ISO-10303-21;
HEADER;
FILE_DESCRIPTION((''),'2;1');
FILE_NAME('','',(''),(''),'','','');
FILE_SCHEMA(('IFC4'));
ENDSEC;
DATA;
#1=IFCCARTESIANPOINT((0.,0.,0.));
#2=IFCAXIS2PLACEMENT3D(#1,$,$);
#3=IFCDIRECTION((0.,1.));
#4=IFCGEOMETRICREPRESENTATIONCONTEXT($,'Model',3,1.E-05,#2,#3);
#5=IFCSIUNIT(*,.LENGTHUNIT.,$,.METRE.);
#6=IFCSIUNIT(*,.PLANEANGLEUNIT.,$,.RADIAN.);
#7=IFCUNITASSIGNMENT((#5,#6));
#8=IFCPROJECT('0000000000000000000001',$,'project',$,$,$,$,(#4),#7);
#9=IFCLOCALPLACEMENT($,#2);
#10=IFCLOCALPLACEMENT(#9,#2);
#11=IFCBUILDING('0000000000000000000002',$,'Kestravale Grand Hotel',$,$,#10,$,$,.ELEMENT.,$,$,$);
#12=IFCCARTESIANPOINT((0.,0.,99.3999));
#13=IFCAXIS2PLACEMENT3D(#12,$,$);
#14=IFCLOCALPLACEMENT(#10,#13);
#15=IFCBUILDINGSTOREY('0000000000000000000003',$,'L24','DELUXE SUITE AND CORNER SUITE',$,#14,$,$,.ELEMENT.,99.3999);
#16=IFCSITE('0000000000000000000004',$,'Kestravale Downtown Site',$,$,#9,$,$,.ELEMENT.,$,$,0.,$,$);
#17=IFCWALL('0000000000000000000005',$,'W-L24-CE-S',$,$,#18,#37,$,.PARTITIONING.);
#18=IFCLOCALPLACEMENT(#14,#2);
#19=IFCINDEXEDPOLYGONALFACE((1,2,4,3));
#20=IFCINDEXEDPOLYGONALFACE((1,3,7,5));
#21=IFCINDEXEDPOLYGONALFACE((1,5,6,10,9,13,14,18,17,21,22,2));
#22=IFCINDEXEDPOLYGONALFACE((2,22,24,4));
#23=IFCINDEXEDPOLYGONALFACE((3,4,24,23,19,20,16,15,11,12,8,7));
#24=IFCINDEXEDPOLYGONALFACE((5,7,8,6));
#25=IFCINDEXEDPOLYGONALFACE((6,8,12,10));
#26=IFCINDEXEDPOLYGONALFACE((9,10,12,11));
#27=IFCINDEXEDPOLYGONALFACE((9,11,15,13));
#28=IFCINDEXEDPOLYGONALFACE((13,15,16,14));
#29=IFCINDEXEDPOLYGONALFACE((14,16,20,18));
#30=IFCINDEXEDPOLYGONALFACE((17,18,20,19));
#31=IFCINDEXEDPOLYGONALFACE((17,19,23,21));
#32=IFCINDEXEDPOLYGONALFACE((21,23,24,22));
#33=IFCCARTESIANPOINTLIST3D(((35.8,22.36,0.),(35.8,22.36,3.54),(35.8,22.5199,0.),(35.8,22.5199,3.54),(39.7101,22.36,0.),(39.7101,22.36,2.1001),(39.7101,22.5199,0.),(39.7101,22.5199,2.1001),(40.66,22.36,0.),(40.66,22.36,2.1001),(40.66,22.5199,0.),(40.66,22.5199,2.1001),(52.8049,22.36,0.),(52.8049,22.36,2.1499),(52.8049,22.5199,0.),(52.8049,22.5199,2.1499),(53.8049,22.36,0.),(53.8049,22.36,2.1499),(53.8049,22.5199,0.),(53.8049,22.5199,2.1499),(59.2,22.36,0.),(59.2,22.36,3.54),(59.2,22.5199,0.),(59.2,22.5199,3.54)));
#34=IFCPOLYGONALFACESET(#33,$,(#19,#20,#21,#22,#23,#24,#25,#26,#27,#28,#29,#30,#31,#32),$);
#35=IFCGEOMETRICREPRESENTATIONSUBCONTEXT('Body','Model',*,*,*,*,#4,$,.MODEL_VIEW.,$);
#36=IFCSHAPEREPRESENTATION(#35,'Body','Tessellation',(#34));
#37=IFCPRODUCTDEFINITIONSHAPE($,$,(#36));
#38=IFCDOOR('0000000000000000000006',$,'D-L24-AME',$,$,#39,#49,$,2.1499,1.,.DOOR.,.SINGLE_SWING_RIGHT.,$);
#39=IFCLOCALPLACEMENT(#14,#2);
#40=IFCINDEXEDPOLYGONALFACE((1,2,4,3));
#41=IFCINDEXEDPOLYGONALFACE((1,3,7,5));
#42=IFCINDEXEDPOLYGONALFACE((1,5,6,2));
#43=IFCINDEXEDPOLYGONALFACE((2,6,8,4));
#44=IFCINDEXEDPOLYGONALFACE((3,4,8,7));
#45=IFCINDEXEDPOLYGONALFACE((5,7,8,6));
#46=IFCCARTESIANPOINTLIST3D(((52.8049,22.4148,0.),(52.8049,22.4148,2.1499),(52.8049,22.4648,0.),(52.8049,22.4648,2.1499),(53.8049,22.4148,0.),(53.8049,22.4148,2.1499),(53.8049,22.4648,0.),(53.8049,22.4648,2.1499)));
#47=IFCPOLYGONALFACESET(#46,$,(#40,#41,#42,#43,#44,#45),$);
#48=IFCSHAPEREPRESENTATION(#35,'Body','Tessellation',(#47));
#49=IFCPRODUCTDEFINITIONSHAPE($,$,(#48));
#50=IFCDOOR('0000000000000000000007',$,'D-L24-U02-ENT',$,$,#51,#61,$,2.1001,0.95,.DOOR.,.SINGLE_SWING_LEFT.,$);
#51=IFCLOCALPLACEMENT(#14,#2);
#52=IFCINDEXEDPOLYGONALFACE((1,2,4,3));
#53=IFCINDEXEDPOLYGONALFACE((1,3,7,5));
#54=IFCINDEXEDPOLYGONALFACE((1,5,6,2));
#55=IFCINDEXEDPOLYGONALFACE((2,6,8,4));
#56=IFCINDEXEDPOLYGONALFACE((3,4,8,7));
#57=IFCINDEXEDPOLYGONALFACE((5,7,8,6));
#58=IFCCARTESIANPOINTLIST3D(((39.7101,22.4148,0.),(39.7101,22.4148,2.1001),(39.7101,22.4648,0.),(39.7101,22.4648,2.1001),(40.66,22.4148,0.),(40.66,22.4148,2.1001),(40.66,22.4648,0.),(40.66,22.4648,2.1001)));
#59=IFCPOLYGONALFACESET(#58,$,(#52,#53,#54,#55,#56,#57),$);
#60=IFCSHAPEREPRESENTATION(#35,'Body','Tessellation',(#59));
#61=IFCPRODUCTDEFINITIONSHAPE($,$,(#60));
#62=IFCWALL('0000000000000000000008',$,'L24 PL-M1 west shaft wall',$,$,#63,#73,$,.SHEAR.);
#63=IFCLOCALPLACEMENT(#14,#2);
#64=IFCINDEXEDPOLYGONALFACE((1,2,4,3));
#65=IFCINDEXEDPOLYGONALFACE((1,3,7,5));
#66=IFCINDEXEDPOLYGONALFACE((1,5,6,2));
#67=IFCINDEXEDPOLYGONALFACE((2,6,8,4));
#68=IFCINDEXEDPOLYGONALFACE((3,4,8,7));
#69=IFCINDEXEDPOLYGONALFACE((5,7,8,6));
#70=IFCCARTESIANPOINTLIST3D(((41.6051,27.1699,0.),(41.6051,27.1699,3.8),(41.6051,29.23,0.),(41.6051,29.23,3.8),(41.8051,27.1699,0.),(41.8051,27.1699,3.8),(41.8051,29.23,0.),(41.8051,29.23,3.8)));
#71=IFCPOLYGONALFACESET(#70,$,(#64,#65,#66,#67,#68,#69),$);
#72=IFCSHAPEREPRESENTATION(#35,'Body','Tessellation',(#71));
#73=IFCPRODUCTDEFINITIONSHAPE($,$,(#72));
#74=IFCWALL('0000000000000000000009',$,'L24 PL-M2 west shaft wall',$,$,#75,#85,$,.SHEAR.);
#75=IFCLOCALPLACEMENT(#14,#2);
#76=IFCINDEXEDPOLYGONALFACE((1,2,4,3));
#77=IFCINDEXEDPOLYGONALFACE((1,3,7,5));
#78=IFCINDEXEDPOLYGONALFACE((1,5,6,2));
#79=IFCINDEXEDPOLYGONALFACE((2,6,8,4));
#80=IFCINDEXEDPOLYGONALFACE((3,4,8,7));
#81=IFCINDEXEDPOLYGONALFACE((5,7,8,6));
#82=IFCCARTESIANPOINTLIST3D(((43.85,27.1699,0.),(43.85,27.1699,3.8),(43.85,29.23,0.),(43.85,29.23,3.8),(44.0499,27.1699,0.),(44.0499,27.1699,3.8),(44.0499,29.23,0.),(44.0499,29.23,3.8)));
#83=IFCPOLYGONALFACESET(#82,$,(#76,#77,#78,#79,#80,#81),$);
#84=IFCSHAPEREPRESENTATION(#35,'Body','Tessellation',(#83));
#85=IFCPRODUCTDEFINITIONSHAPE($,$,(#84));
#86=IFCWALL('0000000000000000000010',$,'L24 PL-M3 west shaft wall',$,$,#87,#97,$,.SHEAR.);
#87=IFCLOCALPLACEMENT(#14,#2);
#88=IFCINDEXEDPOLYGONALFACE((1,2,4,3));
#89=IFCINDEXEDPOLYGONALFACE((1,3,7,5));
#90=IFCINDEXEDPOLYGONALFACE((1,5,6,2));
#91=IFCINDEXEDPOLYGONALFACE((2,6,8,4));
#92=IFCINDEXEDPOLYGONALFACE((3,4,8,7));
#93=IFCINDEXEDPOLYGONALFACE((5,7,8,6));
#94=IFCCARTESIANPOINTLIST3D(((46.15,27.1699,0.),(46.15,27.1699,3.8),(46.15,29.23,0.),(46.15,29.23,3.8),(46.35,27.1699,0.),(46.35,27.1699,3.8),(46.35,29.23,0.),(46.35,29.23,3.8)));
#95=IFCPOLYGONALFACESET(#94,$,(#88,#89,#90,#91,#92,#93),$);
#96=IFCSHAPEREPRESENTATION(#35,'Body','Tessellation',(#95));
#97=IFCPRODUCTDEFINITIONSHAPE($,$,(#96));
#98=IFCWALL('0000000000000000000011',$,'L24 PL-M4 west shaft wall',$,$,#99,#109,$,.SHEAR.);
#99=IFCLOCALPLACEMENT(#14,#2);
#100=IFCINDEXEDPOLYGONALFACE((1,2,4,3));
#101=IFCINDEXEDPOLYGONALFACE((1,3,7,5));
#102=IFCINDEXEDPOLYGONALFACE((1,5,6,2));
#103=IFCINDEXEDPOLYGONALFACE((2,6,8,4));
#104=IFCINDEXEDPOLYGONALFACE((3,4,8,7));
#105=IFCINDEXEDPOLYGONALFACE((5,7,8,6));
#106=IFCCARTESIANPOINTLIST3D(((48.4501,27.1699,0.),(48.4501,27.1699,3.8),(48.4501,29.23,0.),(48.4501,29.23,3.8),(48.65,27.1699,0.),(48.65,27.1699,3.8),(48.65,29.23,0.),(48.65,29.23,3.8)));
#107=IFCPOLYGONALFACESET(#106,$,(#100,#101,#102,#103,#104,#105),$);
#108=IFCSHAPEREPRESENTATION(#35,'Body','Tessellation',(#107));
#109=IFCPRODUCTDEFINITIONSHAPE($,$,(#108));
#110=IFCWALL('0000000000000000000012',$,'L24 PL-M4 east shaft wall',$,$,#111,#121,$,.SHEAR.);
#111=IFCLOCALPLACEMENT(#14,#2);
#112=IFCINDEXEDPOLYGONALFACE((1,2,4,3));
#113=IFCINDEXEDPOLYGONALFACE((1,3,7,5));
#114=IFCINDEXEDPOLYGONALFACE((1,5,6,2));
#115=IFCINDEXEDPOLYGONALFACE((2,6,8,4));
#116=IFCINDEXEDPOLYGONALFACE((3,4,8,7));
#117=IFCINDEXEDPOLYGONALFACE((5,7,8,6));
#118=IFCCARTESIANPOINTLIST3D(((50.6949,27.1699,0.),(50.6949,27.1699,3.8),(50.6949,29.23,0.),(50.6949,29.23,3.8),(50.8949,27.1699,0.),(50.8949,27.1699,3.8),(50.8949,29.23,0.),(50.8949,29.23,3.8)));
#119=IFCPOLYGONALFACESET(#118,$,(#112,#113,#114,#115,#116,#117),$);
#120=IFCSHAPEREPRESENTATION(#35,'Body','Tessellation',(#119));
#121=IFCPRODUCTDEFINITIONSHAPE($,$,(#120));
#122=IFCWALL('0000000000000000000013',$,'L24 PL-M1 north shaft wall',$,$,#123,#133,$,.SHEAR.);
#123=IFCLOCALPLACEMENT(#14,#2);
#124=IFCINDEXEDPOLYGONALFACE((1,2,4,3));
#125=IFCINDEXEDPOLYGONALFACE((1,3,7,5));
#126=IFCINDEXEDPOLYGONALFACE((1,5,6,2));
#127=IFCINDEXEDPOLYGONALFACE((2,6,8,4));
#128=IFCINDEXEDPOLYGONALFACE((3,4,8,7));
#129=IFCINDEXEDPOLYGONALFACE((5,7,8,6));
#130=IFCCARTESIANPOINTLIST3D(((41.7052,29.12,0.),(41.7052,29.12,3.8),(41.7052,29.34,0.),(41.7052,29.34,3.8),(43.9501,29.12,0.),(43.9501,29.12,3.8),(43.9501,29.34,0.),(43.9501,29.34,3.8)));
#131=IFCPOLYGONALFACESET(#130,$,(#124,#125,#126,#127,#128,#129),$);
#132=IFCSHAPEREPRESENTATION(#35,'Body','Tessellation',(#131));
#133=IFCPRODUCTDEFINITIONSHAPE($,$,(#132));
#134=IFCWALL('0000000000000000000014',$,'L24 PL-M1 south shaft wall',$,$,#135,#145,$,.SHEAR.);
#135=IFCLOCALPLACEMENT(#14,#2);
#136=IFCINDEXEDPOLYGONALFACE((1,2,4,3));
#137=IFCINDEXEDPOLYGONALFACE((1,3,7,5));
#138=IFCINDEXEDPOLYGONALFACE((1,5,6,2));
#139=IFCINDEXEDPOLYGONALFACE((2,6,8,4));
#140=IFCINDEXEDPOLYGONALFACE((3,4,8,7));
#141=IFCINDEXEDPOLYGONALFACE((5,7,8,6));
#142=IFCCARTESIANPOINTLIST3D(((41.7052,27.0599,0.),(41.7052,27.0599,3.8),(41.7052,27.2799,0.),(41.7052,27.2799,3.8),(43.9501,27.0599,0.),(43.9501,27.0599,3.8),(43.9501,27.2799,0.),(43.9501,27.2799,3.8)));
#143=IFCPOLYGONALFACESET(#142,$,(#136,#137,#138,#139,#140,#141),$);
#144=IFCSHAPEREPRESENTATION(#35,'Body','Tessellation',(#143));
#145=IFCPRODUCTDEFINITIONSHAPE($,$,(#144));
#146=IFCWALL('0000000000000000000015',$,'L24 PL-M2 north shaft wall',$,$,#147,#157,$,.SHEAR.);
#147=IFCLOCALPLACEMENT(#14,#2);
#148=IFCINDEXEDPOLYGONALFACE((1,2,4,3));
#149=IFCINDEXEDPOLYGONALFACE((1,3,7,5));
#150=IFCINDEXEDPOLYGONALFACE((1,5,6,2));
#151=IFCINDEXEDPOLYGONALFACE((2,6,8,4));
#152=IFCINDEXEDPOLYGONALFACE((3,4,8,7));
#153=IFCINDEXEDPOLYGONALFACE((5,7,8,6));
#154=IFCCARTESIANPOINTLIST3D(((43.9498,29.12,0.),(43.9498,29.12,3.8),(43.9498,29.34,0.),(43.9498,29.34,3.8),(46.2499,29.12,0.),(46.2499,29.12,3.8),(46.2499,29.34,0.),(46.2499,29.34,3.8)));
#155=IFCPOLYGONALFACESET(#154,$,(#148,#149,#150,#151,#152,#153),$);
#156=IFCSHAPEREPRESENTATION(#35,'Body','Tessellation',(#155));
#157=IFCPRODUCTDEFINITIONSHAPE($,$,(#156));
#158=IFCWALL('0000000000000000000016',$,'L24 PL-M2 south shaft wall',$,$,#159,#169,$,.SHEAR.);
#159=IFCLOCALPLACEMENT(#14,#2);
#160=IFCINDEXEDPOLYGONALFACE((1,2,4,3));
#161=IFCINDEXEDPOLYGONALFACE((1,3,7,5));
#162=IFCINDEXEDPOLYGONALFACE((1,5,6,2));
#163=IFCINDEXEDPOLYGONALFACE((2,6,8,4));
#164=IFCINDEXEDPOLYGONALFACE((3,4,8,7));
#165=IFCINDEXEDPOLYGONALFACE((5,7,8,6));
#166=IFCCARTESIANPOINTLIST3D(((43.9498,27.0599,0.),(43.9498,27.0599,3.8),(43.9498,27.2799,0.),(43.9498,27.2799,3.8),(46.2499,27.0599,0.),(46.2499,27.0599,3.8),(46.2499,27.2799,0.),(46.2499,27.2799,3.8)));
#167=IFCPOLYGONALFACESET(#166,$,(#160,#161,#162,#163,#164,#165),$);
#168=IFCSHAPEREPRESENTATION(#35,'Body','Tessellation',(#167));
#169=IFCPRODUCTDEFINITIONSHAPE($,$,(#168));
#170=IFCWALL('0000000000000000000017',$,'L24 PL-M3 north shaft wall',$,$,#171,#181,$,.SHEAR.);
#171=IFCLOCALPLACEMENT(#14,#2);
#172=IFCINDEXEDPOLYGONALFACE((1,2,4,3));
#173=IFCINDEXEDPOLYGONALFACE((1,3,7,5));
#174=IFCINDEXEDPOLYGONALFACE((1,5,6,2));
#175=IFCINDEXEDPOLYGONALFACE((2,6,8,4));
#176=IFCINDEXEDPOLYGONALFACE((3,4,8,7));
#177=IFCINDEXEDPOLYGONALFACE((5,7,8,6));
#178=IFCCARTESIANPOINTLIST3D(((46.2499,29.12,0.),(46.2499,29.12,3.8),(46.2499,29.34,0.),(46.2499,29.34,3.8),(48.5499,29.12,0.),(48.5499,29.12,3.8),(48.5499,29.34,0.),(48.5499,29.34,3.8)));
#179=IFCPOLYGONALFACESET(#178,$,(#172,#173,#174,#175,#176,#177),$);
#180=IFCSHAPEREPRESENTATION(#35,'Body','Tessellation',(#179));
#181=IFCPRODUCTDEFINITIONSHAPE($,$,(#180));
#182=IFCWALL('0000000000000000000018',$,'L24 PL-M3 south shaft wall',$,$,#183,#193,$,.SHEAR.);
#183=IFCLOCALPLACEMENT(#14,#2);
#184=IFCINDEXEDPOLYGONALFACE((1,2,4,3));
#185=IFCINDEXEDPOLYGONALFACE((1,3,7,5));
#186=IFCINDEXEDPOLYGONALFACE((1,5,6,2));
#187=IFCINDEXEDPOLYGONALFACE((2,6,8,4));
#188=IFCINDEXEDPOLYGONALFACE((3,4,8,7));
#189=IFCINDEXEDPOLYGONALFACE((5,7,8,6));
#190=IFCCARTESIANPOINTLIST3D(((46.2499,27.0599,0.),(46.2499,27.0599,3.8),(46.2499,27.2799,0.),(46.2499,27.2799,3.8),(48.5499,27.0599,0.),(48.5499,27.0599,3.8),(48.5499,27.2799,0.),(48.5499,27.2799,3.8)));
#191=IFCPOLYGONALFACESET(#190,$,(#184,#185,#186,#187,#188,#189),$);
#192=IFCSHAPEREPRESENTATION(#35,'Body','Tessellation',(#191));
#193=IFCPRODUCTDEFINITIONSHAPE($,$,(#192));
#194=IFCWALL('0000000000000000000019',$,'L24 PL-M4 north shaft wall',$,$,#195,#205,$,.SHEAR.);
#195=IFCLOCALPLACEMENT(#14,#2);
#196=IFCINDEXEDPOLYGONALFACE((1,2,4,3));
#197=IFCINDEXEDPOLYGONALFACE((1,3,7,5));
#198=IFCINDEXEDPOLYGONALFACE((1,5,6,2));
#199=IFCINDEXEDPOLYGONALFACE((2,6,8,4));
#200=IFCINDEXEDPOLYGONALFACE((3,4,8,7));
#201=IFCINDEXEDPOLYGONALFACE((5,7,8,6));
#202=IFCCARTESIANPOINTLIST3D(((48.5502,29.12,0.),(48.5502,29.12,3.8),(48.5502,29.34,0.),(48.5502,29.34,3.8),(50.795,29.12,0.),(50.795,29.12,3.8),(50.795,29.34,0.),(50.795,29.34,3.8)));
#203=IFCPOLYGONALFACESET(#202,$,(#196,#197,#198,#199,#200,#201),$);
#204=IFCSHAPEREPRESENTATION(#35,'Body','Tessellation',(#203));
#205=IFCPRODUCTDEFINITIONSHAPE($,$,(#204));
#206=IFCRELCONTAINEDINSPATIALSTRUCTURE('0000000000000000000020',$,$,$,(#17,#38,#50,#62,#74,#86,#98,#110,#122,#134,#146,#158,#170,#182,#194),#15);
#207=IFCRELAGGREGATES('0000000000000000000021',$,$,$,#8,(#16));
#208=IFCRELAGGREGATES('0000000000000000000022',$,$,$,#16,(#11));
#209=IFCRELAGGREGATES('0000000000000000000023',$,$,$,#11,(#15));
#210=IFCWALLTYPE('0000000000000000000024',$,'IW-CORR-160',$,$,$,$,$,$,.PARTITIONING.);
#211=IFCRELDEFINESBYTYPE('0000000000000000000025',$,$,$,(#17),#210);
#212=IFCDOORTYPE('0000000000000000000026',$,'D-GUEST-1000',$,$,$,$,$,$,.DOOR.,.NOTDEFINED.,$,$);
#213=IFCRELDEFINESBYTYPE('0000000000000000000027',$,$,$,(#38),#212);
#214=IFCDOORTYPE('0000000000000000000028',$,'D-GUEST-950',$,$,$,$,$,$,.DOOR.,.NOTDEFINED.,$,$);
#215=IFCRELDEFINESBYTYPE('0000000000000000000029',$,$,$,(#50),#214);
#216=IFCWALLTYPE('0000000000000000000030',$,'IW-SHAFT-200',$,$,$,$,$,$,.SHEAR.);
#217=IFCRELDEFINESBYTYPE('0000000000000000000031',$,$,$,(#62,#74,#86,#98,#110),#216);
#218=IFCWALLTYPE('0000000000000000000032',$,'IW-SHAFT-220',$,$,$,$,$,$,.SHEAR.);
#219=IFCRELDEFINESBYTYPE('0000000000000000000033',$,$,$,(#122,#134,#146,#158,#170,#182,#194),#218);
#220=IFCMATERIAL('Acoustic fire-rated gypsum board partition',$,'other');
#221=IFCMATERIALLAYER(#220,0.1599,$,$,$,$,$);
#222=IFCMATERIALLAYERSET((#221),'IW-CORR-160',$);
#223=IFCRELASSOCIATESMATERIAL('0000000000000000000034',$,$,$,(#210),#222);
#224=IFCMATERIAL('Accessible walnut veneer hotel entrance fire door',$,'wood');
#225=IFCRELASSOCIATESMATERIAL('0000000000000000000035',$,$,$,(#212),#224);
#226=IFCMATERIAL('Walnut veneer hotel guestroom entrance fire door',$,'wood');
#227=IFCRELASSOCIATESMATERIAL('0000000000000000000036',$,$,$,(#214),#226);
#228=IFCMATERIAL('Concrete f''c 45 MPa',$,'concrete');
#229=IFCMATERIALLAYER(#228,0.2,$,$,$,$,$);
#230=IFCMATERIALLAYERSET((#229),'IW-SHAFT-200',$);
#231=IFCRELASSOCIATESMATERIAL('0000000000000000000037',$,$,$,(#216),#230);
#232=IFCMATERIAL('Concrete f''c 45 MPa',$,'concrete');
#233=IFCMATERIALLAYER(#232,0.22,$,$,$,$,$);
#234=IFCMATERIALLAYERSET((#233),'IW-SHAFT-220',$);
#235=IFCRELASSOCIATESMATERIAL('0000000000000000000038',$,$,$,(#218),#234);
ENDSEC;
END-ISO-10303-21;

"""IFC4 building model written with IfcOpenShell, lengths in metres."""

from ifc_helpers import new_model, si_unit, direction, frame, frame_2d, origin, place, context, subcontext, project, spatial, rectangle, extrude, material, layer, layer_set, type_object, element, fill, save


model = new_model("IFC4")

# Units and contexts
model_context = context("Model", 3, precision=1e-05, world=origin(), true_north=direction((0.0, 1.0)))
body_context = subcontext(model_context, "Body", "Model", "MODEL_VIEW")
ifc_project = project(units=[si_unit("LENGTHUNIT", "METRE"), si_unit("PLANEANGLEUNIT", "RADIAN")], contexts=[model_context])

# Site, building, storey
site_placement = place(None, origin())
site = spatial("IfcSite", under=ifc_project, at=site_placement, Name="Kestravale Downtown Site", CompositionType="ELEMENT", RefElevation=0.0)
building_placement = place(site_placement, origin())
building = spatial("IfcBuilding", under=site, at=building_placement, Name="Kestravale Grand Hotel", CompositionType="ELEMENT")
storey_placement = place(building_placement, frame((0.0, 0.0, 99.3999)))
storey = spatial("IfcBuildingStorey", under=building, at=storey_placement, Name="L24", Description="DELUXE SUITE AND CORNER SUITE", CompositionType="ELEMENT", Elevation=99.3999)

# Shared definitions
ifc_material_1 = material(Name="Acoustic fire-rated gypsum board partition", Category="other")
ifc_layer_1 = layer(ifc_material_1, 0.1599)
ifc_layer_set_1 = layer_set([ifc_layer_1], Name="IW-CORR-160")
wall_type_1 = type_object("IfcWallType", Name="IW-CORR-160", PredefinedType="PARTITIONING", material=ifc_layer_set_1)

# Wall, openings, doors
wall_1_placement = place(storey_placement, frame((35.8, 22.4399, 0.0), z_axis=(0.0, 0.0, 1.0), x_axis=(1.0, 0.0, 0.0)))
wall_1 = element("IfcWall", 1, at=wall_1_placement, inside=storey, type_object=wall_type_1, Name="W-L24-CE-S", PredefinedType="PARTITIONING", context=body_context, shape_type="SweptSolid", body=[
    extrude(rectangle(XDim=23.3999, YDim=0.1599, at=frame_2d((11.7, 0.0))), origin(), (0.0, 0.0, 1.0), 3.54),
])
opening_1_placement = place(wall_1_placement, frame((3.9099, 0.0, 0.0)))
opening_1 = element("IfcOpeningElement", 2, at=opening_1_placement, cuts=wall_1, PredefinedType="OPENING", context=body_context, shape_type="SweptSolid", body=[
    extrude(rectangle(XDim=0.95, YDim=2.1001, at=frame_2d((0.4751, 1.05))), frame((0.0, 0.0898, 0.0), z_axis=(0.0, -1.0, 0.0), x_axis=(1.0, 0.0, 0.0)), (0.0, 0.0, 1.0), 0.1799),
])
opening_2_placement = place(wall_1_placement, frame((17.0049, 0.0, 0.0)))
opening_2 = element("IfcOpeningElement", 3, at=opening_2_placement, cuts=wall_1, PredefinedType="OPENING", context=body_context, shape_type="SweptSolid", body=[
    extrude(rectangle(XDim=1.0, YDim=2.1499, at=frame_2d((0.5, 1.075))), frame((0.0, 0.0898, 0.0), z_axis=(0.0, -1.0, 0.0), x_axis=(1.0, 0.0, 0.0)), (0.0, 0.0, 1.0), 0.1799),
])
ifc_material_2 = material(Name="Accessible walnut veneer hotel entrance fire door", Category="wood")
door_type_1 = type_object("IfcDoorType", Name="D-GUEST-1000", OperationType="NOTDEFINED", PredefinedType="DOOR", material=ifc_material_2)
door_1_placement = place(opening_2_placement, origin())
door_1 = element("IfcDoor", 4, at=door_1_placement, inside=storey, type_object=door_type_1, Name="D-L24-AME", OperationType="SINGLE_SWING_RIGHT", OverallHeight=2.1499, OverallWidth=1.0, PredefinedType="DOOR", context=body_context, shape_type="SweptSolid", body=[
    extrude(rectangle(XDim=1.0, YDim=2.1499, at=frame_2d((0.5, 1.075))), frame((0.0, 0.0249, 0.0), z_axis=(0.0, -1.0, 0.0), x_axis=(1.0, 0.0, 0.0)), (0.0, 0.0, 1.0), 0.05),
])
fill(opening_2, door_1)
ifc_material_3 = material(Name="Walnut veneer hotel guestroom entrance fire door", Category="wood")
door_type_2 = type_object("IfcDoorType", Name="D-GUEST-950", OperationType="NOTDEFINED", PredefinedType="DOOR", material=ifc_material_3)
door_2_placement = place(opening_1_placement, origin())
door_2 = element("IfcDoor", 5, at=door_2_placement, inside=storey, type_object=door_type_2, Name="D-L24-U02-ENT", OperationType="SINGLE_SWING_LEFT", OverallHeight=2.1001, OverallWidth=0.95, PredefinedType="DOOR", context=body_context, shape_type="SweptSolid", body=[
    extrude(rectangle(XDim=0.95, YDim=2.1001, at=frame_2d((0.4751, 1.05))), frame((0.0, 0.0249, 0.0), z_axis=(0.0, -1.0, 0.0), x_axis=(1.0, 0.0, 0.0)), (0.0, 0.0, 1.0), 0.05),
])
fill(opening_1, door_2)

# Walls
ifc_material_4 = material(Name="Concrete f'c 45 MPa", Category="concrete")
ifc_layer_2 = layer(ifc_material_4, 0.2)
ifc_layer_set_2 = layer_set([ifc_layer_2], Name="IW-SHAFT-200")
wall_type_2 = type_object("IfcWallType", Name="IW-SHAFT-200", PredefinedType="SHEAR", material=ifc_layer_set_2)
for number, where, z_axis, x_axis, name in (
    (6, (41.7051, 27.1699, 0.0), (0.0, 0.0, 1.0), (0.0, 1.0, 0.0), "L24 PL-M1 west shaft wall"),
    (7, (43.95, 27.1699, 0.0), (0.0, 0.0, 1.0), (0.0, 1.0, 0.0), "L24 PL-M2 west shaft wall"),
    (8, (46.25, 27.1699, 0.0), (0.0, 0.0, 1.0), (0.0, 1.0, 0.0), "L24 PL-M3 west shaft wall"),
    (9, (48.55, 27.1699, 0.0), (0.0, 0.0, 1.0), (0.0, 1.0, 0.0), "L24 PL-M4 west shaft wall"),
    (10, (50.7949, 27.1699, 0.0), (0.0, 0.0, 1.0), (0.0, 1.0, 0.0), "L24 PL-M4 east shaft wall"),
):
    element("IfcWall", number, at=place(storey_placement, frame(where, z_axis=z_axis, x_axis=x_axis)), inside=storey, type_object=wall_type_2, Name=name, PredefinedType="SHEAR", context=body_context, shape_type="SweptSolid", body=[
        extrude(rectangle(XDim=2.0601, YDim=0.2, at=frame_2d((1.03, 0.0))), origin(), (0.0, 0.0, 1.0), 3.8),
    ])
ifc_material_5 = material(Name="Concrete f'c 45 MPa", Category="concrete")
ifc_layer_3 = layer(ifc_material_5, 0.22)
ifc_layer_set_3 = layer_set([ifc_layer_3], Name="IW-SHAFT-220")
wall_type_3 = type_object("IfcWallType", Name="IW-SHAFT-220", PredefinedType="SHEAR", material=ifc_layer_set_3)
for number, where, z_axis, x_axis, name in (
    (11, (41.7051, 29.23, 0.0), (0.0, 0.0, 1.0), (1.0, 0.0, 0.0), "L24 PL-M1 north shaft wall"),
    (12, (41.7051, 27.1699, 0.0), (0.0, 0.0, 1.0), (1.0, 0.0, 0.0), "L24 PL-M1 south shaft wall"),
):
    element("IfcWall", number, at=place(storey_placement, frame(where, z_axis=z_axis, x_axis=x_axis)), inside=storey, type_object=wall_type_3, Name=name, PredefinedType="SHEAR", context=body_context, shape_type="SweptSolid", body=[
        extrude(rectangle(XDim=2.2449, YDim=0.22, at=frame_2d((1.1226, 0.0))), origin(), (0.0, 0.0, 1.0), 3.8),
    ])
for number, where, z_axis, x_axis, name in (
    (13, (43.95, 29.23, 0.0), (0.0, 0.0, 1.0), (1.0, 0.0, 0.0), "L24 PL-M2 north shaft wall"),
    (14, (43.95, 27.1699, 0.0), (0.0, 0.0, 1.0), (1.0, 0.0, 0.0), "L24 PL-M2 south shaft wall"),
    (15, (46.25, 29.23, 0.0), (0.0, 0.0, 1.0), (1.0, 0.0, 0.0), "L24 PL-M3 north shaft wall"),
    (16, (46.25, 27.1699, 0.0), (0.0, 0.0, 1.0), (1.0, 0.0, 0.0), "L24 PL-M3 south shaft wall"),
):
    element("IfcWall", number, at=place(storey_placement, frame(where, z_axis=z_axis, x_axis=x_axis)), inside=storey, type_object=wall_type_3, Name=name, PredefinedType="SHEAR", context=body_context, shape_type="SweptSolid", body=[
        extrude(rectangle(XDim=2.3, YDim=0.22, at=frame_2d((1.1499, 0.0))), origin(), (0.0, 0.0, 1.0), 3.8),
    ])
for number, where, z_axis, x_axis, name in (
    (17, (48.55, 29.23, 0.0), (0.0, 0.0, 1.0), (1.0, 0.0, 0.0), "L24 PL-M4 north shaft wall"),
):
    element("IfcWall", number, at=place(storey_placement, frame(where, z_axis=z_axis, x_axis=x_axis)), inside=storey, type_object=wall_type_3, Name=name, PredefinedType="SHEAR", context=body_context, shape_type="SweptSolid", body=[
        extrude(rectangle(XDim=2.2449, YDim=0.22, at=frame_2d((1.1226, 0.0))), origin(), (0.0, 0.0, 1.0), 3.8),
    ])

save(model, "model.ifc")
